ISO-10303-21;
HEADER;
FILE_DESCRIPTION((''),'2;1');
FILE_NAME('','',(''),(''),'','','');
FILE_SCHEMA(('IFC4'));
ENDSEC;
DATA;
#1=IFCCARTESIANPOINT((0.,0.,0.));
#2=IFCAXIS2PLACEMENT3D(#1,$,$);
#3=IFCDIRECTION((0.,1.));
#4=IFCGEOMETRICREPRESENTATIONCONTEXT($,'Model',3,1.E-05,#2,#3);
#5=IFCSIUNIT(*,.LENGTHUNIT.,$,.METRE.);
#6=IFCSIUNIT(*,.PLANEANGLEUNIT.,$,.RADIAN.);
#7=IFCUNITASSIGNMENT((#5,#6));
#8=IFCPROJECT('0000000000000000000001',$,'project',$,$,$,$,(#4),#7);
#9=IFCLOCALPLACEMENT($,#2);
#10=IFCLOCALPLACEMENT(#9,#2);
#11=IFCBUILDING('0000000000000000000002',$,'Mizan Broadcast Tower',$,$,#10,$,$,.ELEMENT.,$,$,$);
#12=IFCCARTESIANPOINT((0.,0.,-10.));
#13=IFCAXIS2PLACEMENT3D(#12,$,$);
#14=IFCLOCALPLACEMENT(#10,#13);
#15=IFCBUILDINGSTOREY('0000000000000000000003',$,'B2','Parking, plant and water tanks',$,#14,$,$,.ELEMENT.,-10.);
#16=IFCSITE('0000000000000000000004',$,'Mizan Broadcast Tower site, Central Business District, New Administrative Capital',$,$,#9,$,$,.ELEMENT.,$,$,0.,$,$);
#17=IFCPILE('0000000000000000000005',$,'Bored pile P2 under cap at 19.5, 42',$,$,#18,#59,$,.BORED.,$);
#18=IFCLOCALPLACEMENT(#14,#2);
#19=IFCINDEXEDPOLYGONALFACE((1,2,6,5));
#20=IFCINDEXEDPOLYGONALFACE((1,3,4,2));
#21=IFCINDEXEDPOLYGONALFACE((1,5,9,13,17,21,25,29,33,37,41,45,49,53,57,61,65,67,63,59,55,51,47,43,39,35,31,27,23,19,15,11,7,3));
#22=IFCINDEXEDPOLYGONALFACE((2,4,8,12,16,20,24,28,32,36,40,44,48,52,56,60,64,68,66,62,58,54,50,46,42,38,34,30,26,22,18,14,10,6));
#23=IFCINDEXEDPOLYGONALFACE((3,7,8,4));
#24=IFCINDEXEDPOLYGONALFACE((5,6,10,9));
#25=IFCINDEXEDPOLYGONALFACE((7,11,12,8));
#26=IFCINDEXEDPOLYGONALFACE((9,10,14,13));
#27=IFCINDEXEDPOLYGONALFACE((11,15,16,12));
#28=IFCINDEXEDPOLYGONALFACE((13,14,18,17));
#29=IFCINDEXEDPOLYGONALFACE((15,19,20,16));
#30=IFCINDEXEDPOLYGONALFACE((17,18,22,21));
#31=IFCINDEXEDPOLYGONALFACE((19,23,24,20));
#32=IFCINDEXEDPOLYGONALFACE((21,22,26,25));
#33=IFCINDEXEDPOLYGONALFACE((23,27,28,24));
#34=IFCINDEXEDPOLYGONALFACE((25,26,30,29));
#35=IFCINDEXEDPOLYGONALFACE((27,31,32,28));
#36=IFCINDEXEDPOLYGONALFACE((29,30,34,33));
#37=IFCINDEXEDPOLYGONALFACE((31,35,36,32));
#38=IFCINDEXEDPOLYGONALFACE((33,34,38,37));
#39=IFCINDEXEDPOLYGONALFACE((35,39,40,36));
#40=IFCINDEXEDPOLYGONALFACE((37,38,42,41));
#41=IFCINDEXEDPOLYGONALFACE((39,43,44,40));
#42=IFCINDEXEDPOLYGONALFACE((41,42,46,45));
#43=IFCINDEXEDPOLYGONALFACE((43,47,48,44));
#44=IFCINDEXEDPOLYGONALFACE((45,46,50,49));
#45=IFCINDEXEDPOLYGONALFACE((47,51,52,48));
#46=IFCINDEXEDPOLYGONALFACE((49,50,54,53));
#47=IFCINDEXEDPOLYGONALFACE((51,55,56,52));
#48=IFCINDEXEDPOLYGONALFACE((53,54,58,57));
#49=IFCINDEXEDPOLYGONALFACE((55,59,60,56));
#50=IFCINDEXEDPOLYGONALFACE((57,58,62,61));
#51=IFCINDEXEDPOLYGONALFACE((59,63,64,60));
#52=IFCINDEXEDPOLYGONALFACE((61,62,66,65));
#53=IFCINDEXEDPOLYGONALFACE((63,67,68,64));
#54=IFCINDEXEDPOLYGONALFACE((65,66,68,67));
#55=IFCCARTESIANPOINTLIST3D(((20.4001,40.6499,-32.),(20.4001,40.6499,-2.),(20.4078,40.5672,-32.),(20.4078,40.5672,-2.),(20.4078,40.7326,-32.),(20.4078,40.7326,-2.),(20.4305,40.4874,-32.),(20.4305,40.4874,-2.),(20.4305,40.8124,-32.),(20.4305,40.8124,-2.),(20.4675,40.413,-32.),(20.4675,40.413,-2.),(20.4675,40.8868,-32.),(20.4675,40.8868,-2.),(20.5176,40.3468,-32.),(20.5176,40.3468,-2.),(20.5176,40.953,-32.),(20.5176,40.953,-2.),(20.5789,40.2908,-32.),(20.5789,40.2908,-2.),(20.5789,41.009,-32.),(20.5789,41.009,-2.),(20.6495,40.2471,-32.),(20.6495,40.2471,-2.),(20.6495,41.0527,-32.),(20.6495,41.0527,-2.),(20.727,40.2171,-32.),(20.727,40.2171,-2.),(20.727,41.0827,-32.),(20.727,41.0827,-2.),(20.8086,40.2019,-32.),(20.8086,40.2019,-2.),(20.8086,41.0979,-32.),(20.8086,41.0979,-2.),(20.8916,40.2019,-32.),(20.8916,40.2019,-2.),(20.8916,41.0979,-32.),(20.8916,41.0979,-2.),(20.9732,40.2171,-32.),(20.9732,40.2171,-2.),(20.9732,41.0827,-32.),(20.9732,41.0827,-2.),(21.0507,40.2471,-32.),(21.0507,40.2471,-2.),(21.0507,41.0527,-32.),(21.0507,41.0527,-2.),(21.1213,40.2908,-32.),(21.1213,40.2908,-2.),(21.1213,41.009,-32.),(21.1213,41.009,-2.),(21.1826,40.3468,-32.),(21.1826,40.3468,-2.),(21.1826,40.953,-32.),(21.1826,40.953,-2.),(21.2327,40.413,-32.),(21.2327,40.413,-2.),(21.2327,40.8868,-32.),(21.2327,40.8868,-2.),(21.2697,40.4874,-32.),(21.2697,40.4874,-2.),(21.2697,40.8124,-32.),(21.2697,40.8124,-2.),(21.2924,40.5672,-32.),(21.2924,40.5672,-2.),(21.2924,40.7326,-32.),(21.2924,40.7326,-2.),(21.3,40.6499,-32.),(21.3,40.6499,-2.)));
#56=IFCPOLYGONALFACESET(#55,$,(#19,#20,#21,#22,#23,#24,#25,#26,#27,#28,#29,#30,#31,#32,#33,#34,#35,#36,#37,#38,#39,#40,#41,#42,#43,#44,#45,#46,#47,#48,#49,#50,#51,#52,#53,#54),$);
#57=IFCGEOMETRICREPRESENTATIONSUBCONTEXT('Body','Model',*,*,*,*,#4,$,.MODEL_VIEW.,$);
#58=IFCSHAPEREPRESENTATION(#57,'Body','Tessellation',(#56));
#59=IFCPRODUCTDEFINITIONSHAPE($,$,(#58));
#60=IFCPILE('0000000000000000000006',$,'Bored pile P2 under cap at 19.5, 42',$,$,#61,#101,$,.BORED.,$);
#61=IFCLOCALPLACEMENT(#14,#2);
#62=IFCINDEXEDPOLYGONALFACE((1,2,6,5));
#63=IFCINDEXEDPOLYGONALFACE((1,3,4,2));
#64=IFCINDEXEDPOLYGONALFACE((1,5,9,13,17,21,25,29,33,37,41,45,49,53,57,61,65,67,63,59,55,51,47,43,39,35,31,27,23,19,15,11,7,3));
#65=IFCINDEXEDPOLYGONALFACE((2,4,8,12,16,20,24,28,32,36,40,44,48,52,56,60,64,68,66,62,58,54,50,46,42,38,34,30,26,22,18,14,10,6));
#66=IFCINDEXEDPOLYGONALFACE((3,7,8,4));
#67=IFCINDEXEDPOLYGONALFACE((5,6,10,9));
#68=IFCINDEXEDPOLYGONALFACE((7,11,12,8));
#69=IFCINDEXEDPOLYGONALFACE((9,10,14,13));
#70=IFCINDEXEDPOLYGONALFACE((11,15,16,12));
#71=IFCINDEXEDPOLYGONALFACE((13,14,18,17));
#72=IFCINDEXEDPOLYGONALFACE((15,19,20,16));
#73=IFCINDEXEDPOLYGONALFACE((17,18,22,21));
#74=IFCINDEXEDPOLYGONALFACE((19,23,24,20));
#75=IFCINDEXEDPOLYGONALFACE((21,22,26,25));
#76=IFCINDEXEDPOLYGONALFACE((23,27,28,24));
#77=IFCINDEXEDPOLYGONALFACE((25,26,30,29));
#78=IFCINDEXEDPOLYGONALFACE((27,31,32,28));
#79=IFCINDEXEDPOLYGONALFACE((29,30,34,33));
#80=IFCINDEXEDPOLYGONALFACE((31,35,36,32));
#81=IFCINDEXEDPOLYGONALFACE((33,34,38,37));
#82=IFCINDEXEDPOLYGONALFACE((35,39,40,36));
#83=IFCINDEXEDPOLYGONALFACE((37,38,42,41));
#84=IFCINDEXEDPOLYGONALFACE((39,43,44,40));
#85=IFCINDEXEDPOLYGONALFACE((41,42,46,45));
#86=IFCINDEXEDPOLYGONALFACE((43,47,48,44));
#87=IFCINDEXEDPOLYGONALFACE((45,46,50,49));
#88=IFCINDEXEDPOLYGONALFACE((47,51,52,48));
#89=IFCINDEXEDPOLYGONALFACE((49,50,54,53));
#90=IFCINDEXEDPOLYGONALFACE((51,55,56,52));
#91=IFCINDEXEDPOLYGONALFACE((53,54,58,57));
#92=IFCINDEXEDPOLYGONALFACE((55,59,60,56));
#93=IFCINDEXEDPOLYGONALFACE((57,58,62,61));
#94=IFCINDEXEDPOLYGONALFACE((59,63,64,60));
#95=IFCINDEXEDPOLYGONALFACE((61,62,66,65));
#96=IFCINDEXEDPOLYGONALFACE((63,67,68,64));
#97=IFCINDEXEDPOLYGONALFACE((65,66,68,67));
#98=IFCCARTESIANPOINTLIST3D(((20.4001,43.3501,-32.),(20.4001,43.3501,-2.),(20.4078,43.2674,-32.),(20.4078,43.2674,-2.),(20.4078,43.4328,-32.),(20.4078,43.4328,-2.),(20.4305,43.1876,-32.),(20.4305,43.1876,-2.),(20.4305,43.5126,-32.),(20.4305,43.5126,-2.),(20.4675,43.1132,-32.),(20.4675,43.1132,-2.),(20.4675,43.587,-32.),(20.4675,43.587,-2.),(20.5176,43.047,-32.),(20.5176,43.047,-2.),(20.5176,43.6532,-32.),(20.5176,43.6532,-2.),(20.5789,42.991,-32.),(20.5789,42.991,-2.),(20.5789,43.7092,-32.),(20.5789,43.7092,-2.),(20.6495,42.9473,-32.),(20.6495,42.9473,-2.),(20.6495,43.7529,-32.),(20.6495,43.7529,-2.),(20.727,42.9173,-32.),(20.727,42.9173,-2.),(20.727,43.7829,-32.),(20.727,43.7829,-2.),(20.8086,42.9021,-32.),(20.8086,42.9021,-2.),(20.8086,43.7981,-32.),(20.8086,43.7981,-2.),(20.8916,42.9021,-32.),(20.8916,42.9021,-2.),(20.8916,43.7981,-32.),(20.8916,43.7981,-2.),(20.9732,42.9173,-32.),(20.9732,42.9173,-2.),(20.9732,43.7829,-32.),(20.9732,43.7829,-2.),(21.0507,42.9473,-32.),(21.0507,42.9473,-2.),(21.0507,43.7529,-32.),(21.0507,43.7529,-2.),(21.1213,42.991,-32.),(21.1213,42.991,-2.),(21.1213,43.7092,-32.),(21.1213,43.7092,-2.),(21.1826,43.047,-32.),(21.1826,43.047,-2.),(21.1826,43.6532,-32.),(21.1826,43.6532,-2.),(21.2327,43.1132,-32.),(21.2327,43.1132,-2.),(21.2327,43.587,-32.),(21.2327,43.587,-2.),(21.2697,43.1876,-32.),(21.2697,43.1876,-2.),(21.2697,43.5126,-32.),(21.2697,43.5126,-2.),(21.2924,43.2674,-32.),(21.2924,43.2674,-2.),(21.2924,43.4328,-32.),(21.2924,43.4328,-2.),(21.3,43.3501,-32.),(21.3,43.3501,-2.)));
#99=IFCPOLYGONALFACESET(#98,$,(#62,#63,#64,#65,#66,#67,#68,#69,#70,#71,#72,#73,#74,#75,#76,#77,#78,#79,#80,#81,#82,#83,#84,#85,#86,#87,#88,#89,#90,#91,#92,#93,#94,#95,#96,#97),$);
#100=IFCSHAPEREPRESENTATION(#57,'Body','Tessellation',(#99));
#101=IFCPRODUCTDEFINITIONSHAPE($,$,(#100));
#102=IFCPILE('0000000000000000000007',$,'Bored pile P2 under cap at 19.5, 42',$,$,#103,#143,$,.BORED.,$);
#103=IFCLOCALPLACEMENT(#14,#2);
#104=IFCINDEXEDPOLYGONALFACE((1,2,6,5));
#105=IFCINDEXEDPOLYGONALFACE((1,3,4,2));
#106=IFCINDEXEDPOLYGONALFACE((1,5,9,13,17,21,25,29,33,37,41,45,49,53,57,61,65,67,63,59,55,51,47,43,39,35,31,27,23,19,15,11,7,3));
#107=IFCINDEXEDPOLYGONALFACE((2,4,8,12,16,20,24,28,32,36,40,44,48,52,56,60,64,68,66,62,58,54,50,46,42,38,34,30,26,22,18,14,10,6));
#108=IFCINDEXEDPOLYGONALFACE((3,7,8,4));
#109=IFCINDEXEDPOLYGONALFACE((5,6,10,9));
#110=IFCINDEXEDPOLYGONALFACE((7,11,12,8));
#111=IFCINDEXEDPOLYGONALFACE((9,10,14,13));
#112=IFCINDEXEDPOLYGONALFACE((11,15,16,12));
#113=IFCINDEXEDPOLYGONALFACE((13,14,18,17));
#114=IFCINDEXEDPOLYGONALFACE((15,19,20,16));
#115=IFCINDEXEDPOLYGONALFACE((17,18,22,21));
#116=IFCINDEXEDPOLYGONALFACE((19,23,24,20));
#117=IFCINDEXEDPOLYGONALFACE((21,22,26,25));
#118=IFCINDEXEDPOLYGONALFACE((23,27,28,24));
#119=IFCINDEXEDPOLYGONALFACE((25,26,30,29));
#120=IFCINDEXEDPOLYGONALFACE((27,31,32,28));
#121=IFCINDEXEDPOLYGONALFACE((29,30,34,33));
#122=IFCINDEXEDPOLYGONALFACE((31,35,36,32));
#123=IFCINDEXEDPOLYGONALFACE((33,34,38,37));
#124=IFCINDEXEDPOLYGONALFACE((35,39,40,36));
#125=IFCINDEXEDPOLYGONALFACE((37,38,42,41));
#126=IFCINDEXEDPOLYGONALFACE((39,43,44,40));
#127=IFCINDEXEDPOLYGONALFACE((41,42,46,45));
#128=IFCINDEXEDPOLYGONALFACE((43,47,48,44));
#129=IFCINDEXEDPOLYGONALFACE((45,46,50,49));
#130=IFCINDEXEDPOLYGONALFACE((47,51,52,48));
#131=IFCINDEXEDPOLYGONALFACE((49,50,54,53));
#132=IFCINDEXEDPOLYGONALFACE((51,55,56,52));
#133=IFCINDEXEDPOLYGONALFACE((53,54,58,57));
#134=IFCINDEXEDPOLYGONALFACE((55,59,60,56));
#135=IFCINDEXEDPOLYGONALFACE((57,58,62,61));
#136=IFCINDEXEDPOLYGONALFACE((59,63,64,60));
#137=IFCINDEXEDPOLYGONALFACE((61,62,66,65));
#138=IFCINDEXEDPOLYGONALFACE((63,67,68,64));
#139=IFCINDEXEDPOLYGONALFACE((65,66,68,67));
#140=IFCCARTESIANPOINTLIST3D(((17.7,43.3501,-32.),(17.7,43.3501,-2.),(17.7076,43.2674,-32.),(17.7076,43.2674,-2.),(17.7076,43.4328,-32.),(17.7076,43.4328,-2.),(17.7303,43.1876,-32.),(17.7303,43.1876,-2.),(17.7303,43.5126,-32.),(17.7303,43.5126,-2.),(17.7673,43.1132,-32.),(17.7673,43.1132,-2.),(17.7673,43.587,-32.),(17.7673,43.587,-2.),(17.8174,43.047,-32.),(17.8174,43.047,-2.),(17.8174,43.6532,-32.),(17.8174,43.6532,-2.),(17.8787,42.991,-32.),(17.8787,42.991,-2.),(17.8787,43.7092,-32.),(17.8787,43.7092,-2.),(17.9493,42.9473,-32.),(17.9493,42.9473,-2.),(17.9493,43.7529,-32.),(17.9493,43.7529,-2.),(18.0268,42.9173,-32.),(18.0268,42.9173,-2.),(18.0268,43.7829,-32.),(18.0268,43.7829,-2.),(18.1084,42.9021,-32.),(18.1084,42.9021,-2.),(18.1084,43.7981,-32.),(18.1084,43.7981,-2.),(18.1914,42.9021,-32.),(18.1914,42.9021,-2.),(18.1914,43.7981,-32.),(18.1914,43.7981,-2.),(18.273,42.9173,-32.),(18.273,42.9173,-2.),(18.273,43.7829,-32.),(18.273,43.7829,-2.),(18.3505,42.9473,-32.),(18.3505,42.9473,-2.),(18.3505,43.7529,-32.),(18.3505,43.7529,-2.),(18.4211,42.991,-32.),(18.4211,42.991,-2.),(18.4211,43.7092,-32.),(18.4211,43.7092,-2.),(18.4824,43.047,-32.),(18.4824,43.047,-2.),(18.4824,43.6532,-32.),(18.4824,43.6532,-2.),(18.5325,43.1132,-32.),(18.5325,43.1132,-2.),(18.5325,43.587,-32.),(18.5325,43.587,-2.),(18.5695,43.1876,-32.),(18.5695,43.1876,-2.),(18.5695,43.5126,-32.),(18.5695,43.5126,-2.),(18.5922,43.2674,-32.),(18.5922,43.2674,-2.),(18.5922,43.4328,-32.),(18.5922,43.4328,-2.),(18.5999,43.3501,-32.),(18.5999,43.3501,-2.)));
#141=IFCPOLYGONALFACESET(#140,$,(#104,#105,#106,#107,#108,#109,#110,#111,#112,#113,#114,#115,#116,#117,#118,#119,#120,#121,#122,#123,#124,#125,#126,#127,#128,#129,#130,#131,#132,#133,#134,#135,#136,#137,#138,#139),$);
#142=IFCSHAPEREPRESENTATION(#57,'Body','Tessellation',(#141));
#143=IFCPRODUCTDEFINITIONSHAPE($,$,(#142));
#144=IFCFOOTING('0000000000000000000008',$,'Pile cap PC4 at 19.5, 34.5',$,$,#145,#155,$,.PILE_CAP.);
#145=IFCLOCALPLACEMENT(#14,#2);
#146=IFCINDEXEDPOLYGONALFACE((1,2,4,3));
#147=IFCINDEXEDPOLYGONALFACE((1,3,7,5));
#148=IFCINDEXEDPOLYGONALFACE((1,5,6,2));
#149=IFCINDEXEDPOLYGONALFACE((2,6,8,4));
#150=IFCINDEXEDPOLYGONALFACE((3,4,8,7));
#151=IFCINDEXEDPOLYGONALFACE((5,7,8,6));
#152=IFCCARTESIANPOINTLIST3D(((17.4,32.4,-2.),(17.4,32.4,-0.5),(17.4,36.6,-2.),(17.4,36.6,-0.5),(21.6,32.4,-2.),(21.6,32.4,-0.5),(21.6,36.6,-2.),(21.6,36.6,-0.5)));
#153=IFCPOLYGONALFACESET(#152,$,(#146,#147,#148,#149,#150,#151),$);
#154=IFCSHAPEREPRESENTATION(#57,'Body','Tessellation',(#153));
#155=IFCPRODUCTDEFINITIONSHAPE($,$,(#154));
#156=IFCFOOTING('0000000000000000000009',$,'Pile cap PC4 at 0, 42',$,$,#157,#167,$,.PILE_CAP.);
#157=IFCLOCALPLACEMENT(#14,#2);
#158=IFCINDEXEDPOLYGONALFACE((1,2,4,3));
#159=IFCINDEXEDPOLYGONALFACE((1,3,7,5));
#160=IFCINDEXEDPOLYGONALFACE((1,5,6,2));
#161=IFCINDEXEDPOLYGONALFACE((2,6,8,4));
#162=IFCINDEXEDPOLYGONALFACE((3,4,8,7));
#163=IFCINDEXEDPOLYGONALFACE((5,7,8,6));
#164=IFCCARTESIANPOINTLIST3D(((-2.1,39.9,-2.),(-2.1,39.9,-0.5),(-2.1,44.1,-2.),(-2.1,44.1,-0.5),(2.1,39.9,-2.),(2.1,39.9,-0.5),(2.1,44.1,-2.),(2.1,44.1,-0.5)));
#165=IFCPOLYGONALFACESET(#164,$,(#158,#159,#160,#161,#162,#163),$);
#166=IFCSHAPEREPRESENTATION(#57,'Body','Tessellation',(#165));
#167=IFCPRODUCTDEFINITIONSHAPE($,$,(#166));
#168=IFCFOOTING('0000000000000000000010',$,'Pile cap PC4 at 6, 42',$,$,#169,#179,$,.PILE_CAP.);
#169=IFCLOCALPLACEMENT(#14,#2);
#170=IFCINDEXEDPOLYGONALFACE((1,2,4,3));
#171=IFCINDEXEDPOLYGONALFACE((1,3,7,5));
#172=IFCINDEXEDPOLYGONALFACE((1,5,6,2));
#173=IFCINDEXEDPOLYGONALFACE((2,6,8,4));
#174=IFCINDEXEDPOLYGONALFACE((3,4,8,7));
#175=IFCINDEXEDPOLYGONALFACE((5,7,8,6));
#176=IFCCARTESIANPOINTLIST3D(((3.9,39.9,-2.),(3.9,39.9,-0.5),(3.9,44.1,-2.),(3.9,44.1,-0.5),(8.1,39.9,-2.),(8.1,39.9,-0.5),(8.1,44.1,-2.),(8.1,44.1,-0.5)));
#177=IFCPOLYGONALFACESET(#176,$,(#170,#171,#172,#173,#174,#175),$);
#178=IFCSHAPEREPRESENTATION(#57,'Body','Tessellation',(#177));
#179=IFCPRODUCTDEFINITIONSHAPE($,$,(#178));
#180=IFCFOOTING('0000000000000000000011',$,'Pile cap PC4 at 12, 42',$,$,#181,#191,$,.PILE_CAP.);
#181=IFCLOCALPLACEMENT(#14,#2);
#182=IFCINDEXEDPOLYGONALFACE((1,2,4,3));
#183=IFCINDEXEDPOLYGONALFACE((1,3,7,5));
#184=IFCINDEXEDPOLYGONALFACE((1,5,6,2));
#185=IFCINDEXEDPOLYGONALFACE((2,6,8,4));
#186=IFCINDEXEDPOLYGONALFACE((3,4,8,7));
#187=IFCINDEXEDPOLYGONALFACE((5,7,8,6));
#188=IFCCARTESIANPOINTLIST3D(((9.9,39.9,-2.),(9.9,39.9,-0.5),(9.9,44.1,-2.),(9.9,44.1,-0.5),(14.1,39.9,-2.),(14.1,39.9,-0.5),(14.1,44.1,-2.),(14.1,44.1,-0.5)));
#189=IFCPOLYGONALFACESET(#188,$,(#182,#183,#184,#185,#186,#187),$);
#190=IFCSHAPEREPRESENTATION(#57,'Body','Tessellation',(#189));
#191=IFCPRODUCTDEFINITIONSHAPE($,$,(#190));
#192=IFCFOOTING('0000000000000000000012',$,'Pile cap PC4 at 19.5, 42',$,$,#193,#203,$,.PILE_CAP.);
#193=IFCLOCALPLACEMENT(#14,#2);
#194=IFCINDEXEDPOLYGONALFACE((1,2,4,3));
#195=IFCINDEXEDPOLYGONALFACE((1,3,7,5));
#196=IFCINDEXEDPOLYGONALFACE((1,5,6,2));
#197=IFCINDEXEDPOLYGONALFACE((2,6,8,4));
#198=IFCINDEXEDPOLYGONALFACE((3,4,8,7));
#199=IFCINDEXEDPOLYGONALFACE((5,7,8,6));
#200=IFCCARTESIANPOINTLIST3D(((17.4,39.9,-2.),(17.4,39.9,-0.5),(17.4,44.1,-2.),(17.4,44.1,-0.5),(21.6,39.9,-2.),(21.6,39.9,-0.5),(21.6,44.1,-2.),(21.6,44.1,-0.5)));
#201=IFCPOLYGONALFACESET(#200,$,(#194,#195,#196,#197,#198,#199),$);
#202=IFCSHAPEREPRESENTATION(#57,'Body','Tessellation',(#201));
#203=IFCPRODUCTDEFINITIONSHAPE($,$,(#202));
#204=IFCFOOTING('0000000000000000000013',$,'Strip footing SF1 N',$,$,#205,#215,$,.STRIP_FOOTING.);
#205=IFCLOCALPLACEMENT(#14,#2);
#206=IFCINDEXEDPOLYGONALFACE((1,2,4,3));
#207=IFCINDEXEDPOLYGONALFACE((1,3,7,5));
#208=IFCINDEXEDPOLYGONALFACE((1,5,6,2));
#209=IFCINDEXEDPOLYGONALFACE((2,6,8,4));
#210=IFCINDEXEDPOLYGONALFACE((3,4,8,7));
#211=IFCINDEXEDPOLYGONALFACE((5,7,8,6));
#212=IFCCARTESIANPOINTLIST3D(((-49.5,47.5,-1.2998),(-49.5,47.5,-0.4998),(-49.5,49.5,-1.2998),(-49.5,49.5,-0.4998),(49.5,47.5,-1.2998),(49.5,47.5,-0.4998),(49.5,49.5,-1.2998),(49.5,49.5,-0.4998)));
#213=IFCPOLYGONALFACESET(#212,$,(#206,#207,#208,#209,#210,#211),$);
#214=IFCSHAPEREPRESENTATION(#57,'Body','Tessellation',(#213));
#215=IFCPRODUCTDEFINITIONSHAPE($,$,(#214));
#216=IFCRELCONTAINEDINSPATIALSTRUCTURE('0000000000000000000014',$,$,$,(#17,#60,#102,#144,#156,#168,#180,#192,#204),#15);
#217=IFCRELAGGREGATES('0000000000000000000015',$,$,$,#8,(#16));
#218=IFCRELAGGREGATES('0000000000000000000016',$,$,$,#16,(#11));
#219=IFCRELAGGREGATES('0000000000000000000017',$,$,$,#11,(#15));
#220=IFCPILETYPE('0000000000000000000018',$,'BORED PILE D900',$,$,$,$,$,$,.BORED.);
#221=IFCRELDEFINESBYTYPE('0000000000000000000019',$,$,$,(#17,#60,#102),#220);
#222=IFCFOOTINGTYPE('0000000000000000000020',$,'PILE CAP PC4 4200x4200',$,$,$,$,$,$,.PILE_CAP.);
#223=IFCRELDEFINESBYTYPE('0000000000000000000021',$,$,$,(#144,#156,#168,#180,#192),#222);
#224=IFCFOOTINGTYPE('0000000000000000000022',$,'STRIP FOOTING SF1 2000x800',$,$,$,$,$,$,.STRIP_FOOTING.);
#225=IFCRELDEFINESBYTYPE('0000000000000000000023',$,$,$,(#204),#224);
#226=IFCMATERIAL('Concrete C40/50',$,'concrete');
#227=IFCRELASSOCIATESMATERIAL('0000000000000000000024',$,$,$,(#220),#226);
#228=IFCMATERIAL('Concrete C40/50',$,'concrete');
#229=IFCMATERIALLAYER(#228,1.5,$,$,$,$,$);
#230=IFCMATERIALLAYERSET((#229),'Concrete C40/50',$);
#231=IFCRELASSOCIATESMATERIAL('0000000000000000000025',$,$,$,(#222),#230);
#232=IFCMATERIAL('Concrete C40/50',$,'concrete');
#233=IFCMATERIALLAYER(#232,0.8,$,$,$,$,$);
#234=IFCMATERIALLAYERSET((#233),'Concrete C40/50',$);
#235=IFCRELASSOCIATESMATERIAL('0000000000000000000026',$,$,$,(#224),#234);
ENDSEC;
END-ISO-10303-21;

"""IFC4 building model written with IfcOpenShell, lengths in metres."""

from ifc_helpers import new_model, si_unit, direction, frame, origin, origin_2d, place, context, subcontext, project, spatial, rectangle, circle, extrude, material, layer, layer_set, material_profile, profile_set, type_object, element, save


model = new_model("IFC4")

# Units and contexts
model_context = context("Model", 3, precision=1e-05, world=origin(), true_north=direction((0.0, 1.0)))
body_context = subcontext(model_context, "Body", "Model", "MODEL_VIEW")
ifc_project = project(units=[si_unit("LENGTHUNIT", "METRE"), si_unit("PLANEANGLEUNIT", "RADIAN")], contexts=[model_context])

# Site, building, storey
site_placement = place(None, origin())
site = spatial("IfcSite", under=ifc_project, at=site_placement, Name="Mizan Broadcast Tower site, Central Business District, New Administrative Capital", CompositionType="ELEMENT", RefElevation=0.0)
building_placement = place(site_placement, origin())
building = spatial("IfcBuilding", under=site, at=building_placement, Name="Mizan Broadcast Tower", CompositionType="ELEMENT")
storey_placement = place(building_placement, frame((0.0, 0.0, -10.0)))
storey = spatial("IfcBuildingStorey", under=building, at=storey_placement, Name="B2", Description="Parking, plant and water tanks", CompositionType="ELEMENT", Elevation=-10.0)

# Piles
ifc_material_1 = material(Name="Concrete C40/50", Category="concrete")
ifc_material_profile_1 = material_profile(ifc_material_1, circle(Radius=0.45, at=origin_2d()), Name="D900")
ifc_profile_set_1 = profile_set([ifc_material_profile_1], Name="Concrete C40/50")
pile_type_1 = type_object("IfcPileType", Name="BORED PILE D900", PredefinedType="BORED", material=ifc_profile_set_1)
for number, where, z_axis, x_axis, name in (
    (1, (20.8501, 40.6499, -2.0), (0.0, 0.0, -1.0), (1.0, 0.0, 0.0), "Bored pile P2 under cap at 19.5, 42"),
    (2, (20.8501, 43.3501, -2.0), (0.0, 0.0, -1.0), (1.0, 0.0, 0.0), "Bored pile P2 under cap at 19.5, 42"),
    (3, (18.1499, 43.3501, -2.0), (0.0, 0.0, -1.0), (1.0, 0.0, 0.0), "Bored pile P2 under cap at 19.5, 42"),
):
    element("IfcPile", number, at=place(storey_placement, frame(where, z_axis=z_axis, x_axis=x_axis)), inside=storey, type_object=pile_type_1, Name=name, PredefinedType="BORED", context=body_context, shape_type="SweptSolid", body=[
        extrude(circle(Radius=0.45, at=origin_2d()), origin(), (0.0, 0.0, 1.0), 30.0),
    ])

# Footings
ifc_material_2 = material(Name="Concrete C40/50", Category="concrete")
ifc_layer_1 = layer(ifc_material_2, 1.5)
ifc_layer_set_1 = layer_set([ifc_layer_1], Name="Concrete C40/50")
footing_type_1 = type_object("IfcFootingType", Name="PILE CAP PC4 4200x4200", PredefinedType="PILE_CAP", material=ifc_layer_set_1)
for number, where, z_axis, x_axis, name in (
    (4, (19.5, 34.5, -2.0), (0.0, 0.0, 1.0), (1.0, 0.0, 0.0), "Pile cap PC4 at 19.5, 34.5"),
    (5, (0.0, 42.0, -2.0), (0.0, 0.0, 1.0), (1.0, 0.0, 0.0), "Pile cap PC4 at 0, 42"),
    (6, (6.0, 42.0, -2.0), (0.0, 0.0, 1.0), (1.0, 0.0, 0.0), "Pile cap PC4 at 6, 42"),
    (7, (12.0, 42.0, -2.0), (0.0, 0.0, 1.0), (1.0, 0.0, 0.0), "Pile cap PC4 at 12, 42"),
    (8, (19.5, 42.0, -2.0), (0.0, 0.0, 1.0), (1.0, 0.0, 0.0), "Pile cap PC4 at 19.5, 42"),
):
    element("IfcFooting", number, at=place(storey_placement, frame(where, z_axis=z_axis, x_axis=x_axis)), inside=storey, type_object=footing_type_1, Name=name, PredefinedType="PILE_CAP", context=body_context, shape_type="SweptSolid", body=[
        extrude(rectangle(XDim=4.2, YDim=4.2, at=origin_2d()), origin(), (0.0, 0.0, 1.0), 1.5),
    ])
ifc_material_3 = material(Name="Concrete C40/50", Category="concrete")
ifc_layer_2 = layer(ifc_material_3, 0.8)
ifc_layer_set_2 = layer_set([ifc_layer_2], Name="Concrete C40/50")
footing_type_2 = type_object("IfcFootingType", Name="STRIP FOOTING SF1 2000x800", PredefinedType="STRIP_FOOTING", material=ifc_layer_set_2)
footing_placement = place(storey_placement, frame((0.0, 48.5, -1.2998), z_axis=(0.0, 0.0, 1.0), x_axis=(1.0, 0.0, 0.0)))
element("IfcFooting", 9, at=footing_placement, inside=storey, type_object=footing_type_2, Name="Strip footing SF1 N", PredefinedType="STRIP_FOOTING", context=body_context, shape_type="SweptSolid", body=[
    extrude(rectangle(XDim=99.0, YDim=2.0, at=origin_2d()), origin(), (0.0, 0.0, 1.0), 0.8),
])

save(model, "model.ifc")
